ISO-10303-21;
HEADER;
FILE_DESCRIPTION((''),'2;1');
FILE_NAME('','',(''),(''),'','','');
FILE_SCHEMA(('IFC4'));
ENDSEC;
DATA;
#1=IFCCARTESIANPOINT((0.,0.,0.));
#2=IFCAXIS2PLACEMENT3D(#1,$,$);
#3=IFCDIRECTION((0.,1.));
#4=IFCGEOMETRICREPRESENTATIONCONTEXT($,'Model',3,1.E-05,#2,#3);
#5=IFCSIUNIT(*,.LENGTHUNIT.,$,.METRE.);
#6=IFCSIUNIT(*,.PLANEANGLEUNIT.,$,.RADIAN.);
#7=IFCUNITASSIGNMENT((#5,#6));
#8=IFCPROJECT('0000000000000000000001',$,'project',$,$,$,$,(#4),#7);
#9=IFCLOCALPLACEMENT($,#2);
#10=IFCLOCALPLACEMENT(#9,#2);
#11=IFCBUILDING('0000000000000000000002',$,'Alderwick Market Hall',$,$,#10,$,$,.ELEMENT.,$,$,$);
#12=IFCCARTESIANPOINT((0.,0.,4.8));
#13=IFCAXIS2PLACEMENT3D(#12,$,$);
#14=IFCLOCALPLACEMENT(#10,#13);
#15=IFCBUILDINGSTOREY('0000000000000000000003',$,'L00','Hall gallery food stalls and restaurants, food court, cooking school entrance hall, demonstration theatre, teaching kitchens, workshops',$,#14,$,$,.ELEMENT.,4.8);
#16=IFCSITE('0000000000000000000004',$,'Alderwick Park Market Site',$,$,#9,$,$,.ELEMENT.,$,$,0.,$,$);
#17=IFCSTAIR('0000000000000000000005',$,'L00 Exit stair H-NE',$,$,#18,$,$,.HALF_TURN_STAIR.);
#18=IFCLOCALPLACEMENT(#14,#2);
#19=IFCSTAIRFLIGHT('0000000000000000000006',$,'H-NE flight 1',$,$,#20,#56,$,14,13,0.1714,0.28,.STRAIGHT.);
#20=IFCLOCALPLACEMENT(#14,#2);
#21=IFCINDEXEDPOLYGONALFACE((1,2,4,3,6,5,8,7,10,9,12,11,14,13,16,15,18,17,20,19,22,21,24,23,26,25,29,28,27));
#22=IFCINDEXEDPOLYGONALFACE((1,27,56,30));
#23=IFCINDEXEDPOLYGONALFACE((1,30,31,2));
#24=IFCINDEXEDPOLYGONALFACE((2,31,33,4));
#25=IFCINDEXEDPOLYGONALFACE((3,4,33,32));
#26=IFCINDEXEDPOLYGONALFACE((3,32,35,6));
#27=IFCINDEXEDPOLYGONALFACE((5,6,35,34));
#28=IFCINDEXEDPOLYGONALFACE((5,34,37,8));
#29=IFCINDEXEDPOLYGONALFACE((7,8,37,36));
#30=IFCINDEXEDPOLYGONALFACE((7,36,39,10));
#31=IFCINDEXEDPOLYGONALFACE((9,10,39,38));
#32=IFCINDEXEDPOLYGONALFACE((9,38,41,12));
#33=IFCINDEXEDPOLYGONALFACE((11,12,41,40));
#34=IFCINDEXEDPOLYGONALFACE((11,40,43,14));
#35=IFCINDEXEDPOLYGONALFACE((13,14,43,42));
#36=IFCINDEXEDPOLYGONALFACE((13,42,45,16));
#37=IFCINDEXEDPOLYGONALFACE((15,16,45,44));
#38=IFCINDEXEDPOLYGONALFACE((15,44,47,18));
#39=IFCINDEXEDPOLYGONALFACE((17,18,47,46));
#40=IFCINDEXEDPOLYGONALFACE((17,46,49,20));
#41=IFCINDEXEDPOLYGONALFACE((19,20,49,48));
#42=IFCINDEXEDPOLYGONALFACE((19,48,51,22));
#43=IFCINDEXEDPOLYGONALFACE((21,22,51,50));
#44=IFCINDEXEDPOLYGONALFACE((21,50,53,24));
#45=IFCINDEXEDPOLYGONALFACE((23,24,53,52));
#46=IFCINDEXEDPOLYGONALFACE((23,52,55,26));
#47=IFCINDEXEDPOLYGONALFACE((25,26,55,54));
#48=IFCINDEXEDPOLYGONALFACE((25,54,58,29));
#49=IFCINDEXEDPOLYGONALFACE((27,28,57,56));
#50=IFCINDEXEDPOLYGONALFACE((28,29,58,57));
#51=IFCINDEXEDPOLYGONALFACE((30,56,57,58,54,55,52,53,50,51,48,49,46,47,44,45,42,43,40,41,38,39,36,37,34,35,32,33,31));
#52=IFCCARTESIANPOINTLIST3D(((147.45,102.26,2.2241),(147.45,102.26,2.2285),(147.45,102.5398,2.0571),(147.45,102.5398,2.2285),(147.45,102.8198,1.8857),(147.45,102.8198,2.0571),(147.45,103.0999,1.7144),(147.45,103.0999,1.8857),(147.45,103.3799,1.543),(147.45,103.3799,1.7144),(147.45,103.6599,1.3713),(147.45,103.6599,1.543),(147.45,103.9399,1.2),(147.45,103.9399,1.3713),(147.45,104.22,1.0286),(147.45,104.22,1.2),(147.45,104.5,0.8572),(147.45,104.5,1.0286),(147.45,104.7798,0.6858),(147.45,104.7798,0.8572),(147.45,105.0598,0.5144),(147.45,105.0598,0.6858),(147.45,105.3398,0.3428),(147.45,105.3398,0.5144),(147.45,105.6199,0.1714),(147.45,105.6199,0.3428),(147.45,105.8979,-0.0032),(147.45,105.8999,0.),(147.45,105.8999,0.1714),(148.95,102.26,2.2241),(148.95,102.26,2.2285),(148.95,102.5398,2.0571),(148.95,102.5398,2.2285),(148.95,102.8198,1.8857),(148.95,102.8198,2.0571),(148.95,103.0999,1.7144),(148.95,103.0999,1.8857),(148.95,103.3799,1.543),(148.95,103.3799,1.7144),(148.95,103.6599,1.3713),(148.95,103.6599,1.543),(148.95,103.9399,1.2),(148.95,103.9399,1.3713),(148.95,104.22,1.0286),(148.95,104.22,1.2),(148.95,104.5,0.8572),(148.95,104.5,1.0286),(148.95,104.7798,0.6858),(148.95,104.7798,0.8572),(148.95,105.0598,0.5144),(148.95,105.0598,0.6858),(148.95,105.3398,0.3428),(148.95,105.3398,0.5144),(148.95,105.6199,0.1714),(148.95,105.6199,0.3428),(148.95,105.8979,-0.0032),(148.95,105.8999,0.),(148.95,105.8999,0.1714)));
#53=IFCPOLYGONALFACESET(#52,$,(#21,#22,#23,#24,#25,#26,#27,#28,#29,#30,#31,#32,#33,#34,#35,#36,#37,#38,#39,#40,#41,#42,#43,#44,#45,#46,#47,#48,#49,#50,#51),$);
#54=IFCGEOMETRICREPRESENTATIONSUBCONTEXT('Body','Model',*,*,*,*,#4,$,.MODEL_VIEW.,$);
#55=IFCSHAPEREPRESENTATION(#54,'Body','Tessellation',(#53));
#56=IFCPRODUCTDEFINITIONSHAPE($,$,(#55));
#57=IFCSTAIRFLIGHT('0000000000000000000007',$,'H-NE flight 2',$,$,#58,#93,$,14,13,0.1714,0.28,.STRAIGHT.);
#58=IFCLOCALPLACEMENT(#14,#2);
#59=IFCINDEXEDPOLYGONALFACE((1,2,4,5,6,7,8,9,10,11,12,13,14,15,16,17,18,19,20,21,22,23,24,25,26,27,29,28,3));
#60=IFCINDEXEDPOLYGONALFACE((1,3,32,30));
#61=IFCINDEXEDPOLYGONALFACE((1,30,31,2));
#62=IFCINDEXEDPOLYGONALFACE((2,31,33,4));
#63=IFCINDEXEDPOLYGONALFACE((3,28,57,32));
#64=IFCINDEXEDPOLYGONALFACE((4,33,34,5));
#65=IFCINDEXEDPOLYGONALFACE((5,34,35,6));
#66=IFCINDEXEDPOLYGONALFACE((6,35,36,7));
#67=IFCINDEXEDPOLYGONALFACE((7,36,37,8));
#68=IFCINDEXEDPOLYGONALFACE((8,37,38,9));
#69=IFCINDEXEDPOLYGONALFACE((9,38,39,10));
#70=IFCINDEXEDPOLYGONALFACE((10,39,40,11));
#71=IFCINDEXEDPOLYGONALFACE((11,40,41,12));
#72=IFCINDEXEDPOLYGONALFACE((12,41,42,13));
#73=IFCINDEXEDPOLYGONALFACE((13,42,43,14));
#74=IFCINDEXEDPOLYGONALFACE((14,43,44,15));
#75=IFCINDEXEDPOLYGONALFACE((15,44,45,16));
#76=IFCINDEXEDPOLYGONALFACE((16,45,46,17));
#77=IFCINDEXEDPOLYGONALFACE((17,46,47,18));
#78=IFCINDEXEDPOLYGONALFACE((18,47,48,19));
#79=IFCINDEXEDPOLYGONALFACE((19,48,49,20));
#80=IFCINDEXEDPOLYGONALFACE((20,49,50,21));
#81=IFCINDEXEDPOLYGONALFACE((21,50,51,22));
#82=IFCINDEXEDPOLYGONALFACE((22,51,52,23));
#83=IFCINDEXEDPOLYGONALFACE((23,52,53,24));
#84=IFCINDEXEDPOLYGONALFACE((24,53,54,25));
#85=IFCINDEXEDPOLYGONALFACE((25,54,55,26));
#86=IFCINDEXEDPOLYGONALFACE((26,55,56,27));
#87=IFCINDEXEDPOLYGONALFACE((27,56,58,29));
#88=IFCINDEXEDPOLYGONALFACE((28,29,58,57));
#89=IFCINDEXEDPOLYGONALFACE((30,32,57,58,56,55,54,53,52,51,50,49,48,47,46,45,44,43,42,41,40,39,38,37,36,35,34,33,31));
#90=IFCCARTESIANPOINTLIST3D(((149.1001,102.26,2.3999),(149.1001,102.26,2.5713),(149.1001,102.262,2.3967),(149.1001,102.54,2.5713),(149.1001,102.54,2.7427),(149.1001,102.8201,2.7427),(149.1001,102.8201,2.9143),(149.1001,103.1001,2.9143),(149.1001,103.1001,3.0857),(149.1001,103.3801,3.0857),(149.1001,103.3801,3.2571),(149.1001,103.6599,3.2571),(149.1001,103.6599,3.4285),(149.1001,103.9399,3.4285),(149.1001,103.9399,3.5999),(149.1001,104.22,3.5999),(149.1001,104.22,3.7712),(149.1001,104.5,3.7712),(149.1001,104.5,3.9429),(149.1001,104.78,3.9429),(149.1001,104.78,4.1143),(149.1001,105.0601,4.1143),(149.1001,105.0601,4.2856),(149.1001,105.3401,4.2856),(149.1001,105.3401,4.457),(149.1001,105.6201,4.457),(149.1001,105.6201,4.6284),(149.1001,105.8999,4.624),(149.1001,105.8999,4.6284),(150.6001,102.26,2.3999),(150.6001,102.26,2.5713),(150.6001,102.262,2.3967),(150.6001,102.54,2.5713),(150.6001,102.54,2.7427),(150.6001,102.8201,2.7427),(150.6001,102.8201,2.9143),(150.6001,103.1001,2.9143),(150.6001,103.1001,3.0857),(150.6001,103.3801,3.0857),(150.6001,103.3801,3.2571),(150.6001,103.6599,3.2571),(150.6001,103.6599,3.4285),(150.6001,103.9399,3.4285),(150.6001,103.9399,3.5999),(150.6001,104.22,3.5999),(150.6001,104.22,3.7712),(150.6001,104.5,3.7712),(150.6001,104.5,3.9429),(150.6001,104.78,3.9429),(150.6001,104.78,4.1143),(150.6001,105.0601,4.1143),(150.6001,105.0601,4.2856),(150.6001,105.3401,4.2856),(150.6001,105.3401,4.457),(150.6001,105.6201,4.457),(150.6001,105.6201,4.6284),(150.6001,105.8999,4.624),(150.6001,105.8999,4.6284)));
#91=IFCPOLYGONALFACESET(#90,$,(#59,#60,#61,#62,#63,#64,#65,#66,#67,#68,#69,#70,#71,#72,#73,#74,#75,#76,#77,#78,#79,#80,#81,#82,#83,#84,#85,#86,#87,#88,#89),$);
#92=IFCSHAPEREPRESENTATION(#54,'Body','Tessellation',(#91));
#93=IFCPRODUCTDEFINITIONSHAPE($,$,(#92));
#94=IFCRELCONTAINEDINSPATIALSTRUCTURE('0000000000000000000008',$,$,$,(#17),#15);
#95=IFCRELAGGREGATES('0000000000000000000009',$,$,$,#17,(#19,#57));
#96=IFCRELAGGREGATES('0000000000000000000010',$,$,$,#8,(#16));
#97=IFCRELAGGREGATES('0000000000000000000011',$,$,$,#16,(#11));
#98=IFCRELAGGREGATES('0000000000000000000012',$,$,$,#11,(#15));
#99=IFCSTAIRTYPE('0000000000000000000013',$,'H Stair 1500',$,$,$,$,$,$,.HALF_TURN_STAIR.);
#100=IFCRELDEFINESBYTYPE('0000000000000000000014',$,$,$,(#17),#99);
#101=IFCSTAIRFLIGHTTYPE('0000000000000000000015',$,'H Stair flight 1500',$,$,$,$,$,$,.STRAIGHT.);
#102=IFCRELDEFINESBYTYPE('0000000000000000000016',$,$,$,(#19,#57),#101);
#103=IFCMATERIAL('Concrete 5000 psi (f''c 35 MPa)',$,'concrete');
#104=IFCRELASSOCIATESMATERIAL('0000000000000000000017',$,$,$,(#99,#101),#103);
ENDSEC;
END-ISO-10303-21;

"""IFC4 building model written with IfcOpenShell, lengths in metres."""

from ifc_helpers import new_model, si_unit, direction, frame, origin, place, context, subcontext, project, spatial, polyline, outline, extrude, material, type_object, element, aggregate, save


model = new_model("IFC4")

# Units and contexts
model_context = context("Model", 3, precision=1e-05, world=origin(), true_north=direction((0.0, 1.0)))
body_context = subcontext(model_context, "Body", "Model", "MODEL_VIEW")
ifc_project = project(units=[si_unit("LENGTHUNIT", "METRE"), si_unit("PLANEANGLEUNIT", "RADIAN")], contexts=[model_context])

# Site, building, storey
site_placement = place(None, origin())
site = spatial("IfcSite", under=ifc_project, at=site_placement, Name="Alderwick Park Market Site", CompositionType="ELEMENT", RefElevation=0.0)
building_placement = place(site_placement, origin())
building = spatial("IfcBuilding", under=site, at=building_placement, Name="Alderwick Market Hall", CompositionType="ELEMENT")
storey_placement = place(building_placement, frame((0.0, 0.0, 4.8)))
storey = spatial("IfcBuildingStorey", under=building, at=storey_placement, Name="L00", Description="Hall gallery food stalls and restaurants, food court, cooking school entrance hall, demonstration theatre, teaching kitchens, workshops", CompositionType="ELEMENT", Elevation=4.8)

# Shared definitions
ifc_material_1 = material(Name="Concrete 5000 psi (f'c 35 MPa)", Category="concrete")

# Stair, stair flights
stair_type = type_object("IfcStairType", Name="H Stair 1500", PredefinedType="HALF_TURN_STAIR", material=ifc_material_1)
stair_placement = place(storey_placement, origin())
stair = element("IfcStair", 1, at=stair_placement, inside=storey, type_object=stair_type, Name="L00 Exit stair H-NE", PredefinedType="HALF_TURN_STAIR")
stair_flight_type = type_object("IfcStairFlightType", Name="H Stair flight 1500", PredefinedType="STRAIGHT", material=ifc_material_1)
stair_flight_1_placement = place(storey_placement, frame((148.2, 105.8999, 0.0), z_axis=(0.0, 0.0, 1.0), x_axis=(0.0, -1.0, 0.0)))
stair_flight_1 = element("IfcStairFlight", 2, at=stair_flight_1_placement, type_object=stair_flight_type, Name="H-NE flight 1", NumberOfRisers=14, NumberOfTreads=13, PredefinedType="STRAIGHT", RiserHeight=0.1714, TreadLength=0.28, context=body_context, shape_type="SweptSolid", body=[
    extrude(outline(polyline([(0.002, -0.0032), (0.0, 0.0), (0.0, 0.1714), (0.28, 0.1714), (0.28, 0.3428), (0.5601, 0.3428), (0.5601, 0.5144), (0.8401, 0.5144), (0.8401, 0.6858), (1.1201, 0.6858), (1.1201, 0.8572), (1.3999, 0.8572), (1.3999, 1.0286), (1.6799, 1.0286), (1.6799, 1.2), (1.96, 1.2), (1.96, 1.3713), (2.24, 1.3713), (2.24, 1.543), (2.52, 1.543), (2.52, 1.7144), (2.8, 1.7144), (2.8, 1.8857), (3.0801, 1.8857), (3.0801, 2.0571), (3.3601, 2.0571), (3.3601, 2.2285), (3.6399, 2.2285), (3.6399, 2.2241), (0.002, -0.0032)])), frame((0.0, 0.75, 0.0), z_axis=(0.0, -1.0, 0.0), x_axis=(1.0, 0.0, 0.0)), (0.0, 0.0, 1.0), 1.5),
])
stair_flight_2_placement = place(storey_placement, frame((149.8501, 102.26, 2.3999), z_axis=(0.0, 0.0, 1.0), x_axis=(0.0, 1.0, 0.0)))
stair_flight_2 = element("IfcStairFlight", 3, at=stair_flight_2_placement, type_object=stair_flight_type, Name="H-NE flight 2", NumberOfRisers=14, NumberOfTreads=13, PredefinedType="STRAIGHT", RiserHeight=0.1714, TreadLength=0.28, context=body_context, shape_type="SweptSolid", body=[
    extrude(outline(polyline([(0.002, -0.0032), (0.0, 0.0), (0.0, 0.1714), (0.28, 0.1714), (0.28, 0.3428), (0.5601, 0.3428), (0.5601, 0.5144), (0.8401, 0.5144), (0.8401, 0.6858), (1.1201, 0.6858), (1.1201, 0.8572), (1.3999, 0.8572), (1.3999, 1.0286), (1.6799, 1.0286), (1.6799, 1.2), (1.96, 1.2), (1.96, 1.3713), (2.24, 1.3713), (2.24, 1.543), (2.52, 1.543), (2.52, 1.7144), (2.8, 1.7144), (2.8, 1.8857), (3.0801, 1.8857), (3.0801, 2.0571), (3.3601, 2.0571), (3.3601, 2.2285), (3.6399, 2.2285), (3.6399, 2.2241), (0.002, -0.0032)])), frame((0.0, 0.75, 0.0), z_axis=(0.0, -1.0, 0.0), x_axis=(1.0, 0.0, 0.0)), (0.0, 0.0, 1.0), 1.5),
])
aggregate(stair, [stair_flight_1, stair_flight_2])

save(model, "model.ifc")
